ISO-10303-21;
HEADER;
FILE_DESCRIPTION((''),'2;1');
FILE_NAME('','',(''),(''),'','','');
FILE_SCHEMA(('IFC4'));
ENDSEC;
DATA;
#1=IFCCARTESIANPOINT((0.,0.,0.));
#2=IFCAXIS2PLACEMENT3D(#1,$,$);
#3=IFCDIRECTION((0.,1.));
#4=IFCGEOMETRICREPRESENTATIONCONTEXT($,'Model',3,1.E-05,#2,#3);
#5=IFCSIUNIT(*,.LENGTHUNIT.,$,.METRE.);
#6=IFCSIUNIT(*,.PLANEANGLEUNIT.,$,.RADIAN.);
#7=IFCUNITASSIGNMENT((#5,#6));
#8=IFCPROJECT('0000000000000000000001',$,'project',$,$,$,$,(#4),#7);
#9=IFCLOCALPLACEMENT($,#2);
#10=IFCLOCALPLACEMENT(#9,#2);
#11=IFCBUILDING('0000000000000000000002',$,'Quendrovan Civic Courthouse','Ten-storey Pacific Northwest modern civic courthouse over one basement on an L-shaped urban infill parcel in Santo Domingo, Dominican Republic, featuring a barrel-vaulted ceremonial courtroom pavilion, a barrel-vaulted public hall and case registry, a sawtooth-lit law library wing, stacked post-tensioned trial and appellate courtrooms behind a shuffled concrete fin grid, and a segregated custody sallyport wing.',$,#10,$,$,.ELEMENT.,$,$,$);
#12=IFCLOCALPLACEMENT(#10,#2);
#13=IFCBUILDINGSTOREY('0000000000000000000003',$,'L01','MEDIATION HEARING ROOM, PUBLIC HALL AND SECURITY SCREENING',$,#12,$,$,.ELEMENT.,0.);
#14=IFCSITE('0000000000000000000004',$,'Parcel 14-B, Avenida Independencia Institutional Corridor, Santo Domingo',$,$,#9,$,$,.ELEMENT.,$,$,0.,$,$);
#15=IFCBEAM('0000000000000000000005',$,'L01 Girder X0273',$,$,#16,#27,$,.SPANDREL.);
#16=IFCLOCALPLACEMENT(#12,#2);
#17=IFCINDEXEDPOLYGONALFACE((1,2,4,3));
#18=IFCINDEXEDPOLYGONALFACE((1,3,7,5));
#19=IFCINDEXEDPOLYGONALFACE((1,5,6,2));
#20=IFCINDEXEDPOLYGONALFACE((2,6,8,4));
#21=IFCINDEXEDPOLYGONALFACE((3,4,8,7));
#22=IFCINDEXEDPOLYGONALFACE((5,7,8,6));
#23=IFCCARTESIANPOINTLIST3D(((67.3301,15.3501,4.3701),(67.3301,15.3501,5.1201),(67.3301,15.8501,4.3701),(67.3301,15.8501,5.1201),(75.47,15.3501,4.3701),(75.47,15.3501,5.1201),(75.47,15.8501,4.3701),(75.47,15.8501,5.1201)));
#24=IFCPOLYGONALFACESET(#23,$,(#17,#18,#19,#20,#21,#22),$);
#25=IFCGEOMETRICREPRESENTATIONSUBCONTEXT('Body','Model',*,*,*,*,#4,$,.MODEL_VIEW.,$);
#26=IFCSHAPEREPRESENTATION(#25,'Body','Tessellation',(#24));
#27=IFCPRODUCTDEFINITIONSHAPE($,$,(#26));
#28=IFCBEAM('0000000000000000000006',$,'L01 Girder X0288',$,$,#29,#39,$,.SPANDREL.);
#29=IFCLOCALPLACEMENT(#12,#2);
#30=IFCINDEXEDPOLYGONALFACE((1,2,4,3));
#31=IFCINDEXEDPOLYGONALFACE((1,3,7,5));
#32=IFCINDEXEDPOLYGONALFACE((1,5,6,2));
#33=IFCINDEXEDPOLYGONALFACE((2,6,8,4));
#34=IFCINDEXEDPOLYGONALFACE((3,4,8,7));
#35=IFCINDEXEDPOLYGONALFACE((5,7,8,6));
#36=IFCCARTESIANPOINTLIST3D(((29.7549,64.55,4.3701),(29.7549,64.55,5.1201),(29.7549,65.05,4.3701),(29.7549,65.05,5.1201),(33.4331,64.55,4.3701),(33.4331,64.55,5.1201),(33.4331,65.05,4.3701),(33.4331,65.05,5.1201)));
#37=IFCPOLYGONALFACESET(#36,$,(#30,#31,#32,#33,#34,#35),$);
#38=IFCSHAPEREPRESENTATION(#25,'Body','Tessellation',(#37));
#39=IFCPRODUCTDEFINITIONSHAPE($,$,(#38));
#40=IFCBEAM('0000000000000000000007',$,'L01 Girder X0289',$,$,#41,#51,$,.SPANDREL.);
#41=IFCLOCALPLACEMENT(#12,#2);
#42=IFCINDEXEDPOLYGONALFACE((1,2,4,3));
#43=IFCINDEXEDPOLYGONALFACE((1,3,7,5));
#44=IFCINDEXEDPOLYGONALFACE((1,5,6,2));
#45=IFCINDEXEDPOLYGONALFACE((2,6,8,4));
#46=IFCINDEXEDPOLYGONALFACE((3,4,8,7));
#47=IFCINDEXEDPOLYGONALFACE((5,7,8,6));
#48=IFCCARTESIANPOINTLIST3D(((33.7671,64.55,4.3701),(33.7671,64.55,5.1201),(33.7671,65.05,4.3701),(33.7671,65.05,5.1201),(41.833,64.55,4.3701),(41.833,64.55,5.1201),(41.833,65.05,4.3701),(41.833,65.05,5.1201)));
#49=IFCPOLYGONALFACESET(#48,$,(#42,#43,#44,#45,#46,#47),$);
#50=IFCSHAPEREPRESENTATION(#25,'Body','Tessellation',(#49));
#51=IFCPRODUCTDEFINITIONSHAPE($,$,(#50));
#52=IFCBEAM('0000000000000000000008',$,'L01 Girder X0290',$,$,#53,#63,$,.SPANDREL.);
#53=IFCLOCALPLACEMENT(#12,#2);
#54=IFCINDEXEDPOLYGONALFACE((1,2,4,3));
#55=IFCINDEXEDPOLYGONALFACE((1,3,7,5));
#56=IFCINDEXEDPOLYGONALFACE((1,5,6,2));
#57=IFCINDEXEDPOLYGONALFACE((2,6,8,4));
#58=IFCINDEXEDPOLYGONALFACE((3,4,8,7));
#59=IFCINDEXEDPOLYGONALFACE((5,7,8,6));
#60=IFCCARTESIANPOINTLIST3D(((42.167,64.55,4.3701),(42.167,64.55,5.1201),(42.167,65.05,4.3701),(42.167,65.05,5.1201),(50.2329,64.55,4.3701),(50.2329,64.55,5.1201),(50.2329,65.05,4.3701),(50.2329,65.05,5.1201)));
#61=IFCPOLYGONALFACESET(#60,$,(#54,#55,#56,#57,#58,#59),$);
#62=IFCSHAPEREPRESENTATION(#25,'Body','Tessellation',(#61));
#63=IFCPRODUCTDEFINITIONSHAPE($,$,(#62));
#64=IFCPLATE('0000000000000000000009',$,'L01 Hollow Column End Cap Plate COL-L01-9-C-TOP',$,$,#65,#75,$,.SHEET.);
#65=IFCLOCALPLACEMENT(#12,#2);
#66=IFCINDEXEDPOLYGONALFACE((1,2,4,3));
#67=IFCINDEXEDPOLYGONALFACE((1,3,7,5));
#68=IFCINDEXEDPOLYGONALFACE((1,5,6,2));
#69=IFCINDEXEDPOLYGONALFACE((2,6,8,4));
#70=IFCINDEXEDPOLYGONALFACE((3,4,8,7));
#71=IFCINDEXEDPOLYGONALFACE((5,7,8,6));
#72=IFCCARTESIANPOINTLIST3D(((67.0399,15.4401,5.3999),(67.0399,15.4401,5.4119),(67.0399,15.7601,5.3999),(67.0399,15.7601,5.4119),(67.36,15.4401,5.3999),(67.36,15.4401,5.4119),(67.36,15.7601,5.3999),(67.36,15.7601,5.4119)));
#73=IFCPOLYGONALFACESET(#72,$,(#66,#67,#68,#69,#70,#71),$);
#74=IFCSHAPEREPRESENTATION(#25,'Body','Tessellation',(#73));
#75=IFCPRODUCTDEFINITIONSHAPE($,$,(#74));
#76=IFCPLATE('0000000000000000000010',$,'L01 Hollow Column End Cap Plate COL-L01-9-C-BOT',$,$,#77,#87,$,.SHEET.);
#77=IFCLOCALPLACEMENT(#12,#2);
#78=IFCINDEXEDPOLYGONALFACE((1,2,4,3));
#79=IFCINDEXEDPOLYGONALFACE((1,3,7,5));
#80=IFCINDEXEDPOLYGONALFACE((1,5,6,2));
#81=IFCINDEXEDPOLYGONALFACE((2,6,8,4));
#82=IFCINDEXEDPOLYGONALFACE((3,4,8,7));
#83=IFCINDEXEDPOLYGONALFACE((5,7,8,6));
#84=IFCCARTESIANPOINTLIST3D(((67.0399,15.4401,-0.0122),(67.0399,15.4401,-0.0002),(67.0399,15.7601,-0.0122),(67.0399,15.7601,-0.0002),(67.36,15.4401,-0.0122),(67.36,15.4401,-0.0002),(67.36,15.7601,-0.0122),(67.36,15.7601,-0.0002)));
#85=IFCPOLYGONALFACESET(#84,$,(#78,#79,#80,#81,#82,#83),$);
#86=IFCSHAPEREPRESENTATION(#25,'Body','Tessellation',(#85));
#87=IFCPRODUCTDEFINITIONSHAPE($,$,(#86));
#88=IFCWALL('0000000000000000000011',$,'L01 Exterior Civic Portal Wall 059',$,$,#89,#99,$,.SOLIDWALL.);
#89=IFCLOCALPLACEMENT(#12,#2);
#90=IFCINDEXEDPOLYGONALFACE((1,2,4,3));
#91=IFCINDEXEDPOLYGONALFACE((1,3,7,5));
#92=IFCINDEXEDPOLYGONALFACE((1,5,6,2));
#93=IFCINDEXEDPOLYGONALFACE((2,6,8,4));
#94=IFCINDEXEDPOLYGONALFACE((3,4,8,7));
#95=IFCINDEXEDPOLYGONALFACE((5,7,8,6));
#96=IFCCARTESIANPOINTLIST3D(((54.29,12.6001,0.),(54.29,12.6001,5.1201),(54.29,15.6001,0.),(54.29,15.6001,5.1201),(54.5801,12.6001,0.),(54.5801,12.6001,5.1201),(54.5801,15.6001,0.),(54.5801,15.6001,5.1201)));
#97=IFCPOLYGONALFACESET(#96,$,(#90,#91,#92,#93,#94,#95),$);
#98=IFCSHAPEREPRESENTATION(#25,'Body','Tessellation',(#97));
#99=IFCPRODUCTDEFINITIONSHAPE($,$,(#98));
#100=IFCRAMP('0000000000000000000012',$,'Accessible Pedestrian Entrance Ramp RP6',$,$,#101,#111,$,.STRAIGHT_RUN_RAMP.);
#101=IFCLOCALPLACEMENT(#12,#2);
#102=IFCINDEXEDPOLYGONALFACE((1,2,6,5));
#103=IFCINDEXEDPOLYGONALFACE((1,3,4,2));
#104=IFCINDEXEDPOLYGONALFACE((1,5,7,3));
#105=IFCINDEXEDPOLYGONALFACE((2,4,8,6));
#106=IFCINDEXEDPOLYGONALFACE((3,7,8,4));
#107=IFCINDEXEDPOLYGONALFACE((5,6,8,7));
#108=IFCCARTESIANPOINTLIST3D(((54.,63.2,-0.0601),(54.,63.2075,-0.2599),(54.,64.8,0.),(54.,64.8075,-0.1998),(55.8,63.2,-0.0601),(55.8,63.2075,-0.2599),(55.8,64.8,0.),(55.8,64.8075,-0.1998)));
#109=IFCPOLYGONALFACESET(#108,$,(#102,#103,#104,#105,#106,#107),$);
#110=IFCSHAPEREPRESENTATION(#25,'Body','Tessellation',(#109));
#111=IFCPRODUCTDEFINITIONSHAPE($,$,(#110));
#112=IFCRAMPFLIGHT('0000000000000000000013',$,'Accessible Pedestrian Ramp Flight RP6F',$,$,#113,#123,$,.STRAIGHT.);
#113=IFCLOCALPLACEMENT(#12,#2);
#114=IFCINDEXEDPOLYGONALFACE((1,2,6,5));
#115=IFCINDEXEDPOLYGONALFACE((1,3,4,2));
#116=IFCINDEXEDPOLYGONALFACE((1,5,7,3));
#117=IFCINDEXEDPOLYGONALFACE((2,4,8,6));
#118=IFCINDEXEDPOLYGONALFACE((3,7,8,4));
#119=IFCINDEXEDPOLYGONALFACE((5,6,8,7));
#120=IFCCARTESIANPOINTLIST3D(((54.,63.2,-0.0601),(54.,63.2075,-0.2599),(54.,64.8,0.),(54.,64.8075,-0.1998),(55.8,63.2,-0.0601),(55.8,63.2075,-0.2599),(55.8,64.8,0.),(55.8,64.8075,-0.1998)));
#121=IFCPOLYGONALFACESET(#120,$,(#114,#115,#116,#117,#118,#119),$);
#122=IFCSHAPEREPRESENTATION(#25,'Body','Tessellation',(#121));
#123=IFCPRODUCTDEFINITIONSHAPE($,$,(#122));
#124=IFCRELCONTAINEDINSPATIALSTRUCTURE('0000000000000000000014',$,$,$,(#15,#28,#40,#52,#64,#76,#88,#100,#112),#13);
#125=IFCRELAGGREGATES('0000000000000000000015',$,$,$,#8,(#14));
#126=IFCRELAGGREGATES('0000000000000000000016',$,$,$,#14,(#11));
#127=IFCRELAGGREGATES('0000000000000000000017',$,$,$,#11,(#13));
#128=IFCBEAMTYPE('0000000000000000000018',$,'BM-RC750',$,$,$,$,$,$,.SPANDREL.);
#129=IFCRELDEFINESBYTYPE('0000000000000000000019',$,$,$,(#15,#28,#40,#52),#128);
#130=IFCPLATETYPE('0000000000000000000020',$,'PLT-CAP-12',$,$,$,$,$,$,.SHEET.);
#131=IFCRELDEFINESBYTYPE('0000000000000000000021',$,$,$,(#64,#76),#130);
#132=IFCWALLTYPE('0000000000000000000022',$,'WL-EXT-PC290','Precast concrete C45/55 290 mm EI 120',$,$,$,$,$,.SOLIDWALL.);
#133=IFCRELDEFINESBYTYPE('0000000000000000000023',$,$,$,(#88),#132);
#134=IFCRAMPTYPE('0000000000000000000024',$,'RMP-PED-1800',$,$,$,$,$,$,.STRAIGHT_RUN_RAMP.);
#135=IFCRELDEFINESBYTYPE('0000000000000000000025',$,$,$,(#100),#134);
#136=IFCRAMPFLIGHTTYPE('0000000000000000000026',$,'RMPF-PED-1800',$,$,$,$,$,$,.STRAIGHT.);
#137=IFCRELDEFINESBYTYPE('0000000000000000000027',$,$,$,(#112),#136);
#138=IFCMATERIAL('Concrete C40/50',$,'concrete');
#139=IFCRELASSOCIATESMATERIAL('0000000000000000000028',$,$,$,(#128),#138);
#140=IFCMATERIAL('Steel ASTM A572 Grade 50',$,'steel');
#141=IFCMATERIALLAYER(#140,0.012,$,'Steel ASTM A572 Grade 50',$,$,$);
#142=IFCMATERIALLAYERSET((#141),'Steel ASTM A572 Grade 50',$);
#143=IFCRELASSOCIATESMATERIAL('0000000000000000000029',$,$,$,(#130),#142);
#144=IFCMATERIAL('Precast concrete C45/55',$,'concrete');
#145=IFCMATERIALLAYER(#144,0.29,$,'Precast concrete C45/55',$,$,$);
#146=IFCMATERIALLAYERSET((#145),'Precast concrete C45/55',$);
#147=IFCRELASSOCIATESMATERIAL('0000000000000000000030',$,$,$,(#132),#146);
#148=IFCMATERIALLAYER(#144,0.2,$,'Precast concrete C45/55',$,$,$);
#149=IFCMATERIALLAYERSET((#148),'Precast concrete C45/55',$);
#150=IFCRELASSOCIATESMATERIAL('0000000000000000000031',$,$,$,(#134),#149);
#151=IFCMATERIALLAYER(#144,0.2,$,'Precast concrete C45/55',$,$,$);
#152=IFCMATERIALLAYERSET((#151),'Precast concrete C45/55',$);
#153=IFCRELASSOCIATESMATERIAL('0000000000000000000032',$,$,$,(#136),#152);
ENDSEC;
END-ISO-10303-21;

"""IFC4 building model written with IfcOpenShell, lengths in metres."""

from ifc_helpers import new_model, si_unit, direction, frame, frame_2d, origin, origin_2d, place, context, subcontext, project, spatial, polyline, rectangle, outline, extrude, material, layer, layer_set, material_profile, profile_set, type_object, element, save


model = new_model("IFC4")

# Units and contexts
model_context = context("Model", 3, precision=1e-05, world=origin(), true_north=direction((0.0, 1.0)))
body_context = subcontext(model_context, "Body", "Model", "MODEL_VIEW")
ifc_project = project(units=[si_unit("LENGTHUNIT", "METRE"), si_unit("PLANEANGLEUNIT", "RADIAN")], contexts=[model_context])

# Site, building, storey
site_placement = place(None, origin())
site = spatial("IfcSite", under=ifc_project, at=site_placement, Name="Parcel 14-B, Avenida Independencia Institutional Corridor, Santo Domingo", CompositionType="ELEMENT", RefElevation=0.0)
building_placement = place(site_placement, origin())
building = spatial("IfcBuilding", under=site, at=building_placement, Name="Quendrovan Civic Courthouse", Description="Ten-storey Pacific Northwest modern civic courthouse over one basement on an L-shaped urban infill parcel in Santo Domingo, Dominican Republic, featuring a barrel-vaulted ceremonial courtroom pavilion, a barrel-vaulted public hall and case registry, a sawtooth-lit law library wing, stacked post-tensioned trial and appellate courtrooms behind a shuffled concrete fin grid, and a segregated custody sallyport wing.", CompositionType="ELEMENT")
storey_placement = place(building_placement, origin())
storey = spatial("IfcBuildingStorey", under=building, at=storey_placement, Name="L01", Description="MEDIATION HEARING ROOM, PUBLIC HALL AND SECURITY SCREENING", CompositionType="ELEMENT", Elevation=0.0)

# Shared definitions
ifc_material_1 = material(Name="Precast concrete C45/55", Category="concrete")
ifc_material_2 = material(Name="Concrete C40/50", Category="concrete")

# Beams
ifc_material_profile_1 = material_profile(ifc_material_2, rectangle(XDim=0.5, YDim=0.75, at=origin_2d()), Name="RC-BM-500x750")
ifc_profile_set_1 = profile_set([ifc_material_profile_1], Name="Concrete C40/50")
beam_type = type_object("IfcBeamType", Name="BM-RC750", PredefinedType="SPANDREL", material=ifc_profile_set_1)
beam_1_placement = place(storey_placement, frame((67.3301, 15.6001, 4.7451), z_axis=(1.0, 0.0, 0.0), x_axis=(0.0, 1.0, 0.0)))
element("IfcBeam", 1, at=beam_1_placement, inside=storey, type_object=beam_type, Name="L01 Girder X0273", PredefinedType="SPANDREL", context=body_context, shape_type="SweptSolid", body=[
    extrude(rectangle(XDim=0.5, YDim=0.75, at=origin_2d()), origin(), (0.0, 0.0, 1.0), 8.1399),
])
beam_2_placement = place(storey_placement, frame((29.7549, 64.8, 4.7451), z_axis=(1.0, 0.0, 0.0), x_axis=(0.0, 1.0, 0.0)))
element("IfcBeam", 2, at=beam_2_placement, inside=storey, type_object=beam_type, Name="L01 Girder X0288", PredefinedType="SPANDREL", context=body_context, shape_type="SweptSolid", body=[
    extrude(rectangle(XDim=0.5, YDim=0.75, at=origin_2d()), origin(), (0.0, 0.0, 1.0), 3.6782),
])
for number, where, z_axis, x_axis, name in (
    (3, (33.7671, 64.8, 4.7451), (1.0, 0.0, 0.0), (0.0, 1.0, 0.0), "L01 Girder X0289"),
    (4, (42.167, 64.8, 4.7451), (1.0, 0.0, 0.0), (0.0, 1.0, 0.0), "L01 Girder X0290"),
):
    element("IfcBeam", number, at=place(storey_placement, frame(where, z_axis=z_axis, x_axis=x_axis)), inside=storey, type_object=beam_type, Name=name, PredefinedType="SPANDREL", context=body_context, shape_type="SweptSolid", body=[
        extrude(rectangle(XDim=0.5, YDim=0.75, at=origin_2d()), origin(), (0.0, 0.0, 1.0), 8.0659),
    ])

# Plates
ifc_material_3 = material(Name="Steel ASTM A572 Grade 50", Category="steel")
ifc_layer_1 = layer(ifc_material_3, 0.012, Name="Steel ASTM A572 Grade 50")
ifc_layer_set_1 = layer_set([ifc_layer_1], Name="Steel ASTM A572 Grade 50")
plate_type = type_object("IfcPlateType", Name="PLT-CAP-12", PredefinedType="SHEET", material=ifc_layer_set_1)
for number, where, z_axis, x_axis, name in (
    (5, (67.2, 15.6001, 5.3999), (0.0, 0.0, 1.0), (1.0, 0.0, 0.0), "L01 Hollow Column End Cap Plate COL-L01-9-C-TOP"),
    (6, (67.2, 15.6001, -0.0122), (0.0, 0.0, 1.0), (1.0, 0.0, 0.0), "L01 Hollow Column End Cap Plate COL-L01-9-C-BOT"),
):
    element("IfcPlate", number, at=place(storey_placement, frame(where, z_axis=z_axis, x_axis=x_axis)), inside=storey, type_object=plate_type, Name=name, PredefinedType="SHEET", context=body_context, shape_type="SweptSolid", body=[
        extrude(rectangle(XDim=0.3201, YDim=0.3201, at=origin_2d()), origin(), (0.0, 0.0, 1.0), 0.012),
    ])

# Wall
ifc_layer_2 = layer(ifc_material_1, 0.29, Name="Precast concrete C45/55")
ifc_layer_set_2 = layer_set([ifc_layer_2], Name="Precast concrete C45/55")
wall_type = type_object("IfcWallType", Name="WL-EXT-PC290", Description="Precast concrete C45/55 290 mm EI 120", PredefinedType="SOLIDWALL", material=ifc_layer_set_2)
wall_placement = place(storey_placement, frame((54.4351, 15.6001, 0.0), z_axis=(0.0, 0.0, 1.0), x_axis=(0.0, -1.0, 0.0)))
element("IfcWall", 7, at=wall_placement, inside=storey, type_object=wall_type, Name="L01 Exterior Civic Portal Wall 059", PredefinedType="SOLIDWALL", context=body_context, shape_type="SweptSolid", body=[
    extrude(rectangle(XDim=3.0, YDim=0.29, at=frame_2d((1.5, 0.0))), origin(), (0.0, 0.0, 1.0), 5.1201),
])

# Ramp
ifc_layer_3 = layer(ifc_material_1, 0.2, Name="Precast concrete C45/55")
ifc_layer_set_3 = layer_set([ifc_layer_3], Name="Precast concrete C45/55")
ramp_type = type_object("IfcRampType", Name="RMP-PED-1800", PredefinedType="STRAIGHT_RUN_RAMP", material=ifc_layer_set_3)
ramp_placement = place(storey_placement, frame((54.0, 63.2, -0.0601), z_axis=(0.0, -0.037508, 0.999296), x_axis=(1.0, 0.0, 0.0)))
element("IfcRamp", 8, at=ramp_placement, inside=storey, type_object=ramp_type, Name="Accessible Pedestrian Entrance Ramp RP6", PredefinedType="STRAIGHT_RUN_RAMP", context=body_context, shape_type="SweptSolid", body=[
    extrude(outline(polyline([(0.0, 0.0), (1.8, 0.0), (1.8, 1.6012), (0.0, 1.6012), (0.0, 0.0)])), origin(), (0.0, 0.0, -1.0), 0.2),
])

# Ramp flight
ifc_layer_4 = layer(ifc_material_1, 0.2, Name="Precast concrete C45/55")
ifc_layer_set_4 = layer_set([ifc_layer_4], Name="Precast concrete C45/55")
ramp_flight_type = type_object("IfcRampFlightType", Name="RMPF-PED-1800", PredefinedType="STRAIGHT", material=ifc_layer_set_4)
ramp_flight_placement = place(storey_placement, frame((54.0, 63.2, -0.0601), z_axis=(0.0, -0.037508, 0.999296), x_axis=(1.0, 0.0, 0.0)))
element("IfcRampFlight", 9, at=ramp_flight_placement, inside=storey, type_object=ramp_flight_type, Name="Accessible Pedestrian Ramp Flight RP6F", PredefinedType="STRAIGHT", context=body_context, shape_type="SweptSolid", body=[
    extrude(outline(polyline([(0.0, 0.0), (1.8, 0.0), (1.8, 1.6012), (0.0, 1.6012), (0.0, 0.0)])), origin(), (0.0, 0.0, -1.0), 0.2),
])

save(model, "model.ifc")
